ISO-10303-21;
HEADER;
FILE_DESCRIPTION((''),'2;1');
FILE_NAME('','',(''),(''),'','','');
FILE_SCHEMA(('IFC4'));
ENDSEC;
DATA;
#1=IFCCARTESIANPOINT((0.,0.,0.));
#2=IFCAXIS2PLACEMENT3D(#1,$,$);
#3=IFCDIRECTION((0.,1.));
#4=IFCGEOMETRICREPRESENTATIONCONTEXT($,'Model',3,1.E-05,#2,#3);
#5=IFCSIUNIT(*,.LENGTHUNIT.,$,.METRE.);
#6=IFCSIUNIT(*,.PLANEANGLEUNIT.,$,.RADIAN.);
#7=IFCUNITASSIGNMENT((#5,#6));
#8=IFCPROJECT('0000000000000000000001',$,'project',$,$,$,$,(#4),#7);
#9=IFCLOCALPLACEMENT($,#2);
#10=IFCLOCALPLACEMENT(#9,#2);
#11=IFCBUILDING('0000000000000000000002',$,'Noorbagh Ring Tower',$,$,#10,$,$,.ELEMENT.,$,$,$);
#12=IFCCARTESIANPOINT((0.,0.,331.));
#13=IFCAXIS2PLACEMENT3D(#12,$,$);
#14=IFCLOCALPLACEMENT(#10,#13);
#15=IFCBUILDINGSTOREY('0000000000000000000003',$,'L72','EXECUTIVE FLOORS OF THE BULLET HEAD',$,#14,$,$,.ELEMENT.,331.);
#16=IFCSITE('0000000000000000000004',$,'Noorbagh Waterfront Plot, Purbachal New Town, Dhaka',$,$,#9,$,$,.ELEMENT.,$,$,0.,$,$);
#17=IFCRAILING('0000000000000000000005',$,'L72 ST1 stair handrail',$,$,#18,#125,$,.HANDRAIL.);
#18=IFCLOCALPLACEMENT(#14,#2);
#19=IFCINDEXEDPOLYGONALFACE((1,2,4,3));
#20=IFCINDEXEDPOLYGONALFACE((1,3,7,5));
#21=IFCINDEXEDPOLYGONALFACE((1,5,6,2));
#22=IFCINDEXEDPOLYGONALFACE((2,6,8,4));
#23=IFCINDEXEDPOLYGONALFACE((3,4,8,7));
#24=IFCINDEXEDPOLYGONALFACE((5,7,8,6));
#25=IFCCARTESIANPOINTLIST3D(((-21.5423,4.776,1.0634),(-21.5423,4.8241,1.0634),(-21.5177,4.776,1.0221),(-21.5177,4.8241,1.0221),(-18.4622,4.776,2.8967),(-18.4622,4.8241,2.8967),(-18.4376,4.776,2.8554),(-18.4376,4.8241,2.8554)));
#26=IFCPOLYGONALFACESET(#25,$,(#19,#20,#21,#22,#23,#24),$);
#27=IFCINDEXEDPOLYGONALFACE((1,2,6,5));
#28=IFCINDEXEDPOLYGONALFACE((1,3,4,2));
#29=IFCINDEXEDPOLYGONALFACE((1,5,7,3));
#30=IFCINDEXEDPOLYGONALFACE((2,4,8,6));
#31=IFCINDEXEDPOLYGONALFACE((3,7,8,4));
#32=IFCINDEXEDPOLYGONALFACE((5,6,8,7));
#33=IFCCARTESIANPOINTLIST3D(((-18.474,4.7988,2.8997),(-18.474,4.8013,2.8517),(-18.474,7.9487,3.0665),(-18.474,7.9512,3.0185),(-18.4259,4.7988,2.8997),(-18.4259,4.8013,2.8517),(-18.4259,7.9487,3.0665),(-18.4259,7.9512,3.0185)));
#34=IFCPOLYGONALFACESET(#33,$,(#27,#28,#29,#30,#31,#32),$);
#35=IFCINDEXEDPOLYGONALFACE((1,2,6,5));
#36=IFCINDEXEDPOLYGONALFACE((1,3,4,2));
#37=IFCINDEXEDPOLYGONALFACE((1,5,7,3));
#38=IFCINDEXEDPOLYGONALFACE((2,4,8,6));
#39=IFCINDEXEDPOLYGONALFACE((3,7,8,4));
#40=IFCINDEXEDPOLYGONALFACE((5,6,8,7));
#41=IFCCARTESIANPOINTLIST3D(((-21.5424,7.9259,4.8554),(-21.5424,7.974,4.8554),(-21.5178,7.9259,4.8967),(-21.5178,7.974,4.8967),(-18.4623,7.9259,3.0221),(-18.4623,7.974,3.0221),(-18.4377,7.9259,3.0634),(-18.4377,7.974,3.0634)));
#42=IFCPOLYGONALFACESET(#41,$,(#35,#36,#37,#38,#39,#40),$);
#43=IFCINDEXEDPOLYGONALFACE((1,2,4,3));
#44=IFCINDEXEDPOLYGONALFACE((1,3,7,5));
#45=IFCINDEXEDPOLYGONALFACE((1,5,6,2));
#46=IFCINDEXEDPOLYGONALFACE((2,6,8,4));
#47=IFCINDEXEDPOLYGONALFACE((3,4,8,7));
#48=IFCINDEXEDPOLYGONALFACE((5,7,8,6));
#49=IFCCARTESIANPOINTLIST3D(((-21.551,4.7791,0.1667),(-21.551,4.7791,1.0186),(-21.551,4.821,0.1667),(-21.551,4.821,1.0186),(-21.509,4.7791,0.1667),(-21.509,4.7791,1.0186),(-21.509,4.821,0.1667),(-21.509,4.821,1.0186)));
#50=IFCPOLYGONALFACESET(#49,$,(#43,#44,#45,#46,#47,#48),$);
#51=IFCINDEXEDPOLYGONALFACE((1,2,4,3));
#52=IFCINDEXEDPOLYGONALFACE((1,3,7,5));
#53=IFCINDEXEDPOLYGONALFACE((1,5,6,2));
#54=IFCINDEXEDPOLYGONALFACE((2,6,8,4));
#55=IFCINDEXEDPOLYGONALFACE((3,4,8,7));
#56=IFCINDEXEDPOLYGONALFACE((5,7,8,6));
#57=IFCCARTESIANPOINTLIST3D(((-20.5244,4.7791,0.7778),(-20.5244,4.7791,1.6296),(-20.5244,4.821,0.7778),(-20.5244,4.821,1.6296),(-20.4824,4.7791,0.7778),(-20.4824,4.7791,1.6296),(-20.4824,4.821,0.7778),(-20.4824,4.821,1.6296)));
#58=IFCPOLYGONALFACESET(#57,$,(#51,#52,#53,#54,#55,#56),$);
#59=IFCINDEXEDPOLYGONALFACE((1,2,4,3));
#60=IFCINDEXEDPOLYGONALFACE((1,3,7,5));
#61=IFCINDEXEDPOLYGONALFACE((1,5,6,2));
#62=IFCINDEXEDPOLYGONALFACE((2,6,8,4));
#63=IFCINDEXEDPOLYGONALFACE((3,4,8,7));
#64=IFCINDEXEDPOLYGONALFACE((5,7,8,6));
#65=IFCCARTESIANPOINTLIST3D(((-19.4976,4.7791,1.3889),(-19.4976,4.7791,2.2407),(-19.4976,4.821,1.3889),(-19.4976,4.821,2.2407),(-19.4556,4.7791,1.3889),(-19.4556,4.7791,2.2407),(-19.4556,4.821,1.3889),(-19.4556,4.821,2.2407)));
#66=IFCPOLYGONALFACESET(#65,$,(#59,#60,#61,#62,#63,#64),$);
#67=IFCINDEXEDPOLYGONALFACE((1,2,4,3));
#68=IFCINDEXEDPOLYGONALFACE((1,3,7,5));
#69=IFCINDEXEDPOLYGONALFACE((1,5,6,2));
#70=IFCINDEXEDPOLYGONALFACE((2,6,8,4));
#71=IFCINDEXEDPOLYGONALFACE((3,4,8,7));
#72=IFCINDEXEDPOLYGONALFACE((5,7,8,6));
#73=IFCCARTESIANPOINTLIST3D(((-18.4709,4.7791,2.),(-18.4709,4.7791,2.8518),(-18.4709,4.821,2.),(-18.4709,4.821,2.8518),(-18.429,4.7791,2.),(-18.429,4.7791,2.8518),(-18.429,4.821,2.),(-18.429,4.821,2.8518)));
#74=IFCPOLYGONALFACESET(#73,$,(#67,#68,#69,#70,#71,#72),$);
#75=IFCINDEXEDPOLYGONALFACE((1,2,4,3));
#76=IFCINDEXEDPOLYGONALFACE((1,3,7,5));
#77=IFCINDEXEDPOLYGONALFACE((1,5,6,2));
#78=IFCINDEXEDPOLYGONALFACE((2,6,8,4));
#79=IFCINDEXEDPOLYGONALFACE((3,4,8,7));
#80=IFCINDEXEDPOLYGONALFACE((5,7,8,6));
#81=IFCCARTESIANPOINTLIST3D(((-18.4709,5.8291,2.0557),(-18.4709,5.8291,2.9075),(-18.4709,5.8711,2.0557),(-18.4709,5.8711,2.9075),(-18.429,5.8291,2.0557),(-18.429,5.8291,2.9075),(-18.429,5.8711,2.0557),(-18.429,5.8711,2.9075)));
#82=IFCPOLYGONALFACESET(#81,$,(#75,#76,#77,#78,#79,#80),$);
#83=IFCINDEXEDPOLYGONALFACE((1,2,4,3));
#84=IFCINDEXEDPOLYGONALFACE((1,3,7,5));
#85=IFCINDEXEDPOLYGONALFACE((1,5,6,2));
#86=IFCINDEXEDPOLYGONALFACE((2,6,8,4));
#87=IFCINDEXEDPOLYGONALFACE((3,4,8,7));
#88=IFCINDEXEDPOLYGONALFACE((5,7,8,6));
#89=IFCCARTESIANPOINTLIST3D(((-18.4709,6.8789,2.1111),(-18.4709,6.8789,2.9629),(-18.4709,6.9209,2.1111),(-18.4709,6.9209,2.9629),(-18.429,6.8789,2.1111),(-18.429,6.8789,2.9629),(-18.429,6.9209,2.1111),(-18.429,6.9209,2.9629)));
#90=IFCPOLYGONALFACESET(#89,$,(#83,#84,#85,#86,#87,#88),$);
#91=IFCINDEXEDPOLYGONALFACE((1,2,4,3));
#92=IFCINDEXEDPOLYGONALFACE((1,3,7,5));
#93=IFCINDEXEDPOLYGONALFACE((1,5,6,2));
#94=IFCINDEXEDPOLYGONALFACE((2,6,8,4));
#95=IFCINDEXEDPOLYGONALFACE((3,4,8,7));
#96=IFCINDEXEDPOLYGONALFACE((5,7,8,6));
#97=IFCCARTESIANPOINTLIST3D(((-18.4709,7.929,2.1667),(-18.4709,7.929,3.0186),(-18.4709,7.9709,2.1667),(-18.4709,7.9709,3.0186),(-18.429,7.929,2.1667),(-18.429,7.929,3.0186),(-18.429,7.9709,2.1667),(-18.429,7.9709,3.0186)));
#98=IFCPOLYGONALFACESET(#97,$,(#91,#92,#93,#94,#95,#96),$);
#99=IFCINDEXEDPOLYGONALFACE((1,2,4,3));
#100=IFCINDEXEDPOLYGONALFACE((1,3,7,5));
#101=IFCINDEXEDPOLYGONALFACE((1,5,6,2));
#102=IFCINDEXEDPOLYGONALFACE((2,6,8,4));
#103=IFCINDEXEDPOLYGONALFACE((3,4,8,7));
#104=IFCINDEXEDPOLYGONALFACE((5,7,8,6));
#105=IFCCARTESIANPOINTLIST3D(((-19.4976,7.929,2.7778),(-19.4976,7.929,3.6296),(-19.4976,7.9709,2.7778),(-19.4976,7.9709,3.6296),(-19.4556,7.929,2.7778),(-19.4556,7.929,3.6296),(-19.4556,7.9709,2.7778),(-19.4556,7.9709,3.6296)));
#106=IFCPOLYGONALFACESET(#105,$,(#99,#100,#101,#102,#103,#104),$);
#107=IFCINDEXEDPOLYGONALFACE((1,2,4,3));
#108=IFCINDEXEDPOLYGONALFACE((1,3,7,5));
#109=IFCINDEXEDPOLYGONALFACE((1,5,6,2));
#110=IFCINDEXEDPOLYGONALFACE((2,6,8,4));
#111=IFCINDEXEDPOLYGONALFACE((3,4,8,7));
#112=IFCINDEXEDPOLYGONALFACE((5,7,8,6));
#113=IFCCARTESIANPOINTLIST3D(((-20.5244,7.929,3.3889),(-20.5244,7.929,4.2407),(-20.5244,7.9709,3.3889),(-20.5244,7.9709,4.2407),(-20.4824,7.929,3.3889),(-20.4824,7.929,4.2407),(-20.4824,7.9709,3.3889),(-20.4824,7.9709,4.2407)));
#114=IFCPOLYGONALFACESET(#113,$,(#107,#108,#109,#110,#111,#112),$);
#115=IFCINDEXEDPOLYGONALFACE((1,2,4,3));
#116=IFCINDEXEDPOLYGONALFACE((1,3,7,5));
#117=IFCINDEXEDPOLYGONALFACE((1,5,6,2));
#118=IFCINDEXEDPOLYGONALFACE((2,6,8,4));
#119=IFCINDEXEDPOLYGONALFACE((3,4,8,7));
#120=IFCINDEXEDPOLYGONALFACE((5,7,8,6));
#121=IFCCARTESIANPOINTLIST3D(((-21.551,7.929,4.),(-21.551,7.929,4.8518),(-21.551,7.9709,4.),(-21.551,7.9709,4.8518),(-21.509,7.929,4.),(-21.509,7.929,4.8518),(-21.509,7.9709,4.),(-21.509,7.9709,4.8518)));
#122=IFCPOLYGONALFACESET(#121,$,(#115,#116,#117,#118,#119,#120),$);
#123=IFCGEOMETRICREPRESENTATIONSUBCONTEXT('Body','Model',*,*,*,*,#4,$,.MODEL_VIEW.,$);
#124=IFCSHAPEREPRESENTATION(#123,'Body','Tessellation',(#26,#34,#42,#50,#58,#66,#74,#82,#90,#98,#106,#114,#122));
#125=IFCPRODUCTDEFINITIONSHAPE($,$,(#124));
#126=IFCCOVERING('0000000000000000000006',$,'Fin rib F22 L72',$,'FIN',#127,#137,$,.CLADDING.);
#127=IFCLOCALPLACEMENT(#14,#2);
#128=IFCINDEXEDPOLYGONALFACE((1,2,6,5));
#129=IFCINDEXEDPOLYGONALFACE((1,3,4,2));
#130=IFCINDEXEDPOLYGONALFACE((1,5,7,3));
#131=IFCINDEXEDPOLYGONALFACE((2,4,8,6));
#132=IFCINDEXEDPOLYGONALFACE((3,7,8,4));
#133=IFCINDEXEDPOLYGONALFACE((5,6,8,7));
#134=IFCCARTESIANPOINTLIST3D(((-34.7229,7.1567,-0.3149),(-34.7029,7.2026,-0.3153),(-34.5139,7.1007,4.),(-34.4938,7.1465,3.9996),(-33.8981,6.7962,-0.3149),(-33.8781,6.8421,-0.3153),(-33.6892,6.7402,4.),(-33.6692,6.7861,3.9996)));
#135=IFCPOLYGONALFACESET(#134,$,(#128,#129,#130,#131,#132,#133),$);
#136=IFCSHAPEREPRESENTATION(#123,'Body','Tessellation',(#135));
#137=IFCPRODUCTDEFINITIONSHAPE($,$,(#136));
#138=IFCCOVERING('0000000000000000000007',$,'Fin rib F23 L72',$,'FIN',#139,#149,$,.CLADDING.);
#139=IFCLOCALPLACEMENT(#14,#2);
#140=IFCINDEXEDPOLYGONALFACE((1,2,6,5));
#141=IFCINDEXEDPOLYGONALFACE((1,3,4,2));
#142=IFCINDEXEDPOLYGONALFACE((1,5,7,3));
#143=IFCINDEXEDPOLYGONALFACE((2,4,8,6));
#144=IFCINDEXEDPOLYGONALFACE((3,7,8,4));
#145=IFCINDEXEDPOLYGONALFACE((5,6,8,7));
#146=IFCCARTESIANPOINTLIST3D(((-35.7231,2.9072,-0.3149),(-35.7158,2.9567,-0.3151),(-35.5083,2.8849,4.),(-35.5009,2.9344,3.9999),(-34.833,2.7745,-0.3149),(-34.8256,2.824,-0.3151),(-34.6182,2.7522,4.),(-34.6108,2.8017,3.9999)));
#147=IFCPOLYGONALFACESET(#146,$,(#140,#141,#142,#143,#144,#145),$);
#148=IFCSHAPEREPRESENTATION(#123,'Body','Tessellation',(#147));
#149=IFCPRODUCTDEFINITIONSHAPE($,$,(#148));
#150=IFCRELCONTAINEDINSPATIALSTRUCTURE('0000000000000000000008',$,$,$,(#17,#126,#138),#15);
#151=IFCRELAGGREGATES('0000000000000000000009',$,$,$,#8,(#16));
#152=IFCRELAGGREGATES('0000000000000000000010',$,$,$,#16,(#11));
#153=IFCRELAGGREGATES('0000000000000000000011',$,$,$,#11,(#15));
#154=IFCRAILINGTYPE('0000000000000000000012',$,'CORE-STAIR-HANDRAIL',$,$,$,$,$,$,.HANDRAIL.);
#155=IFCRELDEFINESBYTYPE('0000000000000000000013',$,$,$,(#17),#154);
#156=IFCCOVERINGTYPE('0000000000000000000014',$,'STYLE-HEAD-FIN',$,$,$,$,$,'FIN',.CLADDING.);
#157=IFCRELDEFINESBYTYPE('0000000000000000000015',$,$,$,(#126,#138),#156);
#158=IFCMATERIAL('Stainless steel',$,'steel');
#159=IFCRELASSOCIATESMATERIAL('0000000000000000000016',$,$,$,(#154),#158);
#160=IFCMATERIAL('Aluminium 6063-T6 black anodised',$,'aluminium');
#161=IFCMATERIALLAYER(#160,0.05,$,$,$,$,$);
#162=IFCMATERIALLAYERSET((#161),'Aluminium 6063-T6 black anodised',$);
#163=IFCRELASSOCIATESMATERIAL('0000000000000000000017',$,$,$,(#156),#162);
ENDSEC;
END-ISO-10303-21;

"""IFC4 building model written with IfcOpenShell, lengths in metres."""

from ifc_helpers import new_model, si_unit, direction, frame, origin, origin_2d, place, context, subcontext, project, spatial, polyline, rectangle, outline, extrude, material, layer, layer_set, type_object, element, save


model = new_model("IFC4")

# Units and contexts
model_context = context("Model", 3, precision=1e-05, world=origin(), true_north=direction((0.0, 1.0)))
body_context = subcontext(model_context, "Body", "Model", "MODEL_VIEW")
ifc_project = project(units=[si_unit("LENGTHUNIT", "METRE"), si_unit("PLANEANGLEUNIT", "RADIAN")], contexts=[model_context])

# Site, building, storey
site_placement = place(None, origin())
site = spatial("IfcSite", under=ifc_project, at=site_placement, Name="Noorbagh Waterfront Plot, Purbachal New Town, Dhaka", CompositionType="ELEMENT", RefElevation=0.0)
building_placement = place(site_placement, origin())
building = spatial("IfcBuilding", under=site, at=building_placement, Name="Noorbagh Ring Tower", CompositionType="ELEMENT")
storey_placement = place(building_placement, frame((0.0, 0.0, 331.0)))
storey = spatial("IfcBuildingStorey", under=building, at=storey_placement, Name="L72", Description="EXECUTIVE FLOORS OF THE BULLET HEAD", CompositionType="ELEMENT", Elevation=331.0)

# Railing
ifc_material_1 = material(Name="Stainless steel", Category="steel")
railing_type_1 = type_object("IfcRailingType", Name="CORE-STAIR-HANDRAIL", PredefinedType="HANDRAIL", material=ifc_material_1)
railing_1_placement = place(storey_placement, frame((-21.53, 4.8, 0.1667)))
element("IfcRailing", 1, at=railing_1_placement, inside=storey, type_object=railing_type_1, Name="L72 ST1 stair handrail", PredefinedType="HANDRAIL", context=body_context, shape_type="SweptSolid", body=[
    extrude(rectangle(XDim=0.0481, YDim=0.0481, at=origin_2d()), frame((0.0, 0.0, 0.876), z_axis=(0.859309, 0.0, 0.511458), x_axis=(0.0, 1.0, 0.0)), (0.0, 0.0, 1.0), 3.5845),
    extrude(rectangle(XDim=0.0481, YDim=0.0481, at=origin_2d()), frame((3.0801, 0.0, 2.709), z_axis=(0.0, 0.998602, 0.052864), x_axis=(-1.0, 0.0, 0.0)), (0.0, 0.0, 1.0), 3.1543),
    extrude(rectangle(XDim=0.0481, YDim=0.0481, at=origin_2d()), frame((3.0801, 3.1499, 2.876), z_axis=(-0.859309, 0.0, 0.511458), x_axis=(0.0, -1.0, 0.0)), (0.0, 0.0, 1.0), 3.5845),
    extrude(rectangle(XDim=0.042, YDim=0.042, at=origin_2d()), origin(), (0.0, 0.0, 1.0), 0.8518),
    extrude(rectangle(XDim=0.042, YDim=0.042, at=origin_2d()), frame((1.0266, 0.0, 0.6111)), (0.0, 0.0, 1.0), 0.8518),
    extrude(rectangle(XDim=0.042, YDim=0.042, at=origin_2d()), frame((2.0535, 0.0, 1.2222)), (0.0, 0.0, 1.0), 0.8518),
    extrude(rectangle(XDim=0.042, YDim=0.042, at=origin_2d()), frame((3.0801, 0.0, 1.8333)), (0.0, 0.0, 1.0), 0.8518),
    extrude(rectangle(XDim=0.042, YDim=0.042, at=origin_2d()), frame((3.0801, 1.05, 1.8889)), (0.0, 0.0, 1.0), 0.8518),
    extrude(rectangle(XDim=0.042, YDim=0.042, at=origin_2d()), frame((3.0801, 2.0999, 1.9443)), (0.0, 0.0, 1.0), 0.8518),
    extrude(rectangle(XDim=0.042, YDim=0.042, at=origin_2d()), frame((3.0801, 3.1499, 2.0)), (0.0, 0.0, 1.0), 0.8518),
    extrude(rectangle(XDim=0.042, YDim=0.042, at=origin_2d()), frame((2.0535, 3.1499, 2.6111)), (0.0, 0.0, 1.0), 0.8518),
    extrude(rectangle(XDim=0.042, YDim=0.042, at=origin_2d()), frame((1.0266, 3.1499, 3.2222)), (0.0, 0.0, 1.0), 0.8518),
    extrude(rectangle(XDim=0.042, YDim=0.042, at=origin_2d()), frame((0.0, 3.1499, 3.8333)), (0.0, 0.0, 1.0), 0.8518),
])

# Coverings
ifc_material_2 = material(Name="Aluminium 6063-T6 black anodised", Category="aluminium")
ifc_layer_1 = layer(ifc_material_2, 0.05)
ifc_layer_set_1 = layer_set([ifc_layer_1], Name="Aluminium 6063-T6 black anodised")
covering_type_1 = type_object("IfcCoveringType", Name="STYLE-HEAD-FIN", ElementType="FIN", PredefinedType="CLADDING", material=ifc_layer_set_1)
covering_1_placement = place(storey_placement, frame((-34.7229, 7.1567, -0.3149), z_axis=(-0.400494, -0.916268, 0.007499), x_axis=(0.048382, -0.012973, 0.998745)))
element("IfcCovering", 2, at=covering_1_placement, inside=storey, type_object=covering_type_1, Name="Fin rib F22 L72", ObjectType="FIN", PredefinedType="CLADDING", context=body_context, shape_type="SweptSolid", body=[
    extrude(outline(polyline([(0.0, 0.0), (4.3204, 0.0), (4.3649, -0.8989), (0.0446, -0.899), (0.0, 0.0)])), origin(), (0.0, 0.0, -1.0), 0.05),
])
covering_2_placement = place(storey_placement, frame((-35.7231, 2.9072, -0.3149), z_axis=(-0.147438, -0.989069, 0.002221), x_axis=(0.049724, -0.00517, 0.99875)))
element("IfcCovering", 3, at=covering_2_placement, inside=storey, type_object=covering_type_1, Name="Fin rib F23 L72", ObjectType="FIN", PredefinedType="CLADDING", context=body_context, shape_type="SweptSolid", body=[
    extrude(outline(polyline([(0.0, 0.0), (4.3203, 0.0), (4.3653, -0.8989), (0.0449, -0.8988), (0.0, 0.0)])), origin(), (0.0, 0.0, -1.0), 0.05),
])

save(model, "model.ifc")
